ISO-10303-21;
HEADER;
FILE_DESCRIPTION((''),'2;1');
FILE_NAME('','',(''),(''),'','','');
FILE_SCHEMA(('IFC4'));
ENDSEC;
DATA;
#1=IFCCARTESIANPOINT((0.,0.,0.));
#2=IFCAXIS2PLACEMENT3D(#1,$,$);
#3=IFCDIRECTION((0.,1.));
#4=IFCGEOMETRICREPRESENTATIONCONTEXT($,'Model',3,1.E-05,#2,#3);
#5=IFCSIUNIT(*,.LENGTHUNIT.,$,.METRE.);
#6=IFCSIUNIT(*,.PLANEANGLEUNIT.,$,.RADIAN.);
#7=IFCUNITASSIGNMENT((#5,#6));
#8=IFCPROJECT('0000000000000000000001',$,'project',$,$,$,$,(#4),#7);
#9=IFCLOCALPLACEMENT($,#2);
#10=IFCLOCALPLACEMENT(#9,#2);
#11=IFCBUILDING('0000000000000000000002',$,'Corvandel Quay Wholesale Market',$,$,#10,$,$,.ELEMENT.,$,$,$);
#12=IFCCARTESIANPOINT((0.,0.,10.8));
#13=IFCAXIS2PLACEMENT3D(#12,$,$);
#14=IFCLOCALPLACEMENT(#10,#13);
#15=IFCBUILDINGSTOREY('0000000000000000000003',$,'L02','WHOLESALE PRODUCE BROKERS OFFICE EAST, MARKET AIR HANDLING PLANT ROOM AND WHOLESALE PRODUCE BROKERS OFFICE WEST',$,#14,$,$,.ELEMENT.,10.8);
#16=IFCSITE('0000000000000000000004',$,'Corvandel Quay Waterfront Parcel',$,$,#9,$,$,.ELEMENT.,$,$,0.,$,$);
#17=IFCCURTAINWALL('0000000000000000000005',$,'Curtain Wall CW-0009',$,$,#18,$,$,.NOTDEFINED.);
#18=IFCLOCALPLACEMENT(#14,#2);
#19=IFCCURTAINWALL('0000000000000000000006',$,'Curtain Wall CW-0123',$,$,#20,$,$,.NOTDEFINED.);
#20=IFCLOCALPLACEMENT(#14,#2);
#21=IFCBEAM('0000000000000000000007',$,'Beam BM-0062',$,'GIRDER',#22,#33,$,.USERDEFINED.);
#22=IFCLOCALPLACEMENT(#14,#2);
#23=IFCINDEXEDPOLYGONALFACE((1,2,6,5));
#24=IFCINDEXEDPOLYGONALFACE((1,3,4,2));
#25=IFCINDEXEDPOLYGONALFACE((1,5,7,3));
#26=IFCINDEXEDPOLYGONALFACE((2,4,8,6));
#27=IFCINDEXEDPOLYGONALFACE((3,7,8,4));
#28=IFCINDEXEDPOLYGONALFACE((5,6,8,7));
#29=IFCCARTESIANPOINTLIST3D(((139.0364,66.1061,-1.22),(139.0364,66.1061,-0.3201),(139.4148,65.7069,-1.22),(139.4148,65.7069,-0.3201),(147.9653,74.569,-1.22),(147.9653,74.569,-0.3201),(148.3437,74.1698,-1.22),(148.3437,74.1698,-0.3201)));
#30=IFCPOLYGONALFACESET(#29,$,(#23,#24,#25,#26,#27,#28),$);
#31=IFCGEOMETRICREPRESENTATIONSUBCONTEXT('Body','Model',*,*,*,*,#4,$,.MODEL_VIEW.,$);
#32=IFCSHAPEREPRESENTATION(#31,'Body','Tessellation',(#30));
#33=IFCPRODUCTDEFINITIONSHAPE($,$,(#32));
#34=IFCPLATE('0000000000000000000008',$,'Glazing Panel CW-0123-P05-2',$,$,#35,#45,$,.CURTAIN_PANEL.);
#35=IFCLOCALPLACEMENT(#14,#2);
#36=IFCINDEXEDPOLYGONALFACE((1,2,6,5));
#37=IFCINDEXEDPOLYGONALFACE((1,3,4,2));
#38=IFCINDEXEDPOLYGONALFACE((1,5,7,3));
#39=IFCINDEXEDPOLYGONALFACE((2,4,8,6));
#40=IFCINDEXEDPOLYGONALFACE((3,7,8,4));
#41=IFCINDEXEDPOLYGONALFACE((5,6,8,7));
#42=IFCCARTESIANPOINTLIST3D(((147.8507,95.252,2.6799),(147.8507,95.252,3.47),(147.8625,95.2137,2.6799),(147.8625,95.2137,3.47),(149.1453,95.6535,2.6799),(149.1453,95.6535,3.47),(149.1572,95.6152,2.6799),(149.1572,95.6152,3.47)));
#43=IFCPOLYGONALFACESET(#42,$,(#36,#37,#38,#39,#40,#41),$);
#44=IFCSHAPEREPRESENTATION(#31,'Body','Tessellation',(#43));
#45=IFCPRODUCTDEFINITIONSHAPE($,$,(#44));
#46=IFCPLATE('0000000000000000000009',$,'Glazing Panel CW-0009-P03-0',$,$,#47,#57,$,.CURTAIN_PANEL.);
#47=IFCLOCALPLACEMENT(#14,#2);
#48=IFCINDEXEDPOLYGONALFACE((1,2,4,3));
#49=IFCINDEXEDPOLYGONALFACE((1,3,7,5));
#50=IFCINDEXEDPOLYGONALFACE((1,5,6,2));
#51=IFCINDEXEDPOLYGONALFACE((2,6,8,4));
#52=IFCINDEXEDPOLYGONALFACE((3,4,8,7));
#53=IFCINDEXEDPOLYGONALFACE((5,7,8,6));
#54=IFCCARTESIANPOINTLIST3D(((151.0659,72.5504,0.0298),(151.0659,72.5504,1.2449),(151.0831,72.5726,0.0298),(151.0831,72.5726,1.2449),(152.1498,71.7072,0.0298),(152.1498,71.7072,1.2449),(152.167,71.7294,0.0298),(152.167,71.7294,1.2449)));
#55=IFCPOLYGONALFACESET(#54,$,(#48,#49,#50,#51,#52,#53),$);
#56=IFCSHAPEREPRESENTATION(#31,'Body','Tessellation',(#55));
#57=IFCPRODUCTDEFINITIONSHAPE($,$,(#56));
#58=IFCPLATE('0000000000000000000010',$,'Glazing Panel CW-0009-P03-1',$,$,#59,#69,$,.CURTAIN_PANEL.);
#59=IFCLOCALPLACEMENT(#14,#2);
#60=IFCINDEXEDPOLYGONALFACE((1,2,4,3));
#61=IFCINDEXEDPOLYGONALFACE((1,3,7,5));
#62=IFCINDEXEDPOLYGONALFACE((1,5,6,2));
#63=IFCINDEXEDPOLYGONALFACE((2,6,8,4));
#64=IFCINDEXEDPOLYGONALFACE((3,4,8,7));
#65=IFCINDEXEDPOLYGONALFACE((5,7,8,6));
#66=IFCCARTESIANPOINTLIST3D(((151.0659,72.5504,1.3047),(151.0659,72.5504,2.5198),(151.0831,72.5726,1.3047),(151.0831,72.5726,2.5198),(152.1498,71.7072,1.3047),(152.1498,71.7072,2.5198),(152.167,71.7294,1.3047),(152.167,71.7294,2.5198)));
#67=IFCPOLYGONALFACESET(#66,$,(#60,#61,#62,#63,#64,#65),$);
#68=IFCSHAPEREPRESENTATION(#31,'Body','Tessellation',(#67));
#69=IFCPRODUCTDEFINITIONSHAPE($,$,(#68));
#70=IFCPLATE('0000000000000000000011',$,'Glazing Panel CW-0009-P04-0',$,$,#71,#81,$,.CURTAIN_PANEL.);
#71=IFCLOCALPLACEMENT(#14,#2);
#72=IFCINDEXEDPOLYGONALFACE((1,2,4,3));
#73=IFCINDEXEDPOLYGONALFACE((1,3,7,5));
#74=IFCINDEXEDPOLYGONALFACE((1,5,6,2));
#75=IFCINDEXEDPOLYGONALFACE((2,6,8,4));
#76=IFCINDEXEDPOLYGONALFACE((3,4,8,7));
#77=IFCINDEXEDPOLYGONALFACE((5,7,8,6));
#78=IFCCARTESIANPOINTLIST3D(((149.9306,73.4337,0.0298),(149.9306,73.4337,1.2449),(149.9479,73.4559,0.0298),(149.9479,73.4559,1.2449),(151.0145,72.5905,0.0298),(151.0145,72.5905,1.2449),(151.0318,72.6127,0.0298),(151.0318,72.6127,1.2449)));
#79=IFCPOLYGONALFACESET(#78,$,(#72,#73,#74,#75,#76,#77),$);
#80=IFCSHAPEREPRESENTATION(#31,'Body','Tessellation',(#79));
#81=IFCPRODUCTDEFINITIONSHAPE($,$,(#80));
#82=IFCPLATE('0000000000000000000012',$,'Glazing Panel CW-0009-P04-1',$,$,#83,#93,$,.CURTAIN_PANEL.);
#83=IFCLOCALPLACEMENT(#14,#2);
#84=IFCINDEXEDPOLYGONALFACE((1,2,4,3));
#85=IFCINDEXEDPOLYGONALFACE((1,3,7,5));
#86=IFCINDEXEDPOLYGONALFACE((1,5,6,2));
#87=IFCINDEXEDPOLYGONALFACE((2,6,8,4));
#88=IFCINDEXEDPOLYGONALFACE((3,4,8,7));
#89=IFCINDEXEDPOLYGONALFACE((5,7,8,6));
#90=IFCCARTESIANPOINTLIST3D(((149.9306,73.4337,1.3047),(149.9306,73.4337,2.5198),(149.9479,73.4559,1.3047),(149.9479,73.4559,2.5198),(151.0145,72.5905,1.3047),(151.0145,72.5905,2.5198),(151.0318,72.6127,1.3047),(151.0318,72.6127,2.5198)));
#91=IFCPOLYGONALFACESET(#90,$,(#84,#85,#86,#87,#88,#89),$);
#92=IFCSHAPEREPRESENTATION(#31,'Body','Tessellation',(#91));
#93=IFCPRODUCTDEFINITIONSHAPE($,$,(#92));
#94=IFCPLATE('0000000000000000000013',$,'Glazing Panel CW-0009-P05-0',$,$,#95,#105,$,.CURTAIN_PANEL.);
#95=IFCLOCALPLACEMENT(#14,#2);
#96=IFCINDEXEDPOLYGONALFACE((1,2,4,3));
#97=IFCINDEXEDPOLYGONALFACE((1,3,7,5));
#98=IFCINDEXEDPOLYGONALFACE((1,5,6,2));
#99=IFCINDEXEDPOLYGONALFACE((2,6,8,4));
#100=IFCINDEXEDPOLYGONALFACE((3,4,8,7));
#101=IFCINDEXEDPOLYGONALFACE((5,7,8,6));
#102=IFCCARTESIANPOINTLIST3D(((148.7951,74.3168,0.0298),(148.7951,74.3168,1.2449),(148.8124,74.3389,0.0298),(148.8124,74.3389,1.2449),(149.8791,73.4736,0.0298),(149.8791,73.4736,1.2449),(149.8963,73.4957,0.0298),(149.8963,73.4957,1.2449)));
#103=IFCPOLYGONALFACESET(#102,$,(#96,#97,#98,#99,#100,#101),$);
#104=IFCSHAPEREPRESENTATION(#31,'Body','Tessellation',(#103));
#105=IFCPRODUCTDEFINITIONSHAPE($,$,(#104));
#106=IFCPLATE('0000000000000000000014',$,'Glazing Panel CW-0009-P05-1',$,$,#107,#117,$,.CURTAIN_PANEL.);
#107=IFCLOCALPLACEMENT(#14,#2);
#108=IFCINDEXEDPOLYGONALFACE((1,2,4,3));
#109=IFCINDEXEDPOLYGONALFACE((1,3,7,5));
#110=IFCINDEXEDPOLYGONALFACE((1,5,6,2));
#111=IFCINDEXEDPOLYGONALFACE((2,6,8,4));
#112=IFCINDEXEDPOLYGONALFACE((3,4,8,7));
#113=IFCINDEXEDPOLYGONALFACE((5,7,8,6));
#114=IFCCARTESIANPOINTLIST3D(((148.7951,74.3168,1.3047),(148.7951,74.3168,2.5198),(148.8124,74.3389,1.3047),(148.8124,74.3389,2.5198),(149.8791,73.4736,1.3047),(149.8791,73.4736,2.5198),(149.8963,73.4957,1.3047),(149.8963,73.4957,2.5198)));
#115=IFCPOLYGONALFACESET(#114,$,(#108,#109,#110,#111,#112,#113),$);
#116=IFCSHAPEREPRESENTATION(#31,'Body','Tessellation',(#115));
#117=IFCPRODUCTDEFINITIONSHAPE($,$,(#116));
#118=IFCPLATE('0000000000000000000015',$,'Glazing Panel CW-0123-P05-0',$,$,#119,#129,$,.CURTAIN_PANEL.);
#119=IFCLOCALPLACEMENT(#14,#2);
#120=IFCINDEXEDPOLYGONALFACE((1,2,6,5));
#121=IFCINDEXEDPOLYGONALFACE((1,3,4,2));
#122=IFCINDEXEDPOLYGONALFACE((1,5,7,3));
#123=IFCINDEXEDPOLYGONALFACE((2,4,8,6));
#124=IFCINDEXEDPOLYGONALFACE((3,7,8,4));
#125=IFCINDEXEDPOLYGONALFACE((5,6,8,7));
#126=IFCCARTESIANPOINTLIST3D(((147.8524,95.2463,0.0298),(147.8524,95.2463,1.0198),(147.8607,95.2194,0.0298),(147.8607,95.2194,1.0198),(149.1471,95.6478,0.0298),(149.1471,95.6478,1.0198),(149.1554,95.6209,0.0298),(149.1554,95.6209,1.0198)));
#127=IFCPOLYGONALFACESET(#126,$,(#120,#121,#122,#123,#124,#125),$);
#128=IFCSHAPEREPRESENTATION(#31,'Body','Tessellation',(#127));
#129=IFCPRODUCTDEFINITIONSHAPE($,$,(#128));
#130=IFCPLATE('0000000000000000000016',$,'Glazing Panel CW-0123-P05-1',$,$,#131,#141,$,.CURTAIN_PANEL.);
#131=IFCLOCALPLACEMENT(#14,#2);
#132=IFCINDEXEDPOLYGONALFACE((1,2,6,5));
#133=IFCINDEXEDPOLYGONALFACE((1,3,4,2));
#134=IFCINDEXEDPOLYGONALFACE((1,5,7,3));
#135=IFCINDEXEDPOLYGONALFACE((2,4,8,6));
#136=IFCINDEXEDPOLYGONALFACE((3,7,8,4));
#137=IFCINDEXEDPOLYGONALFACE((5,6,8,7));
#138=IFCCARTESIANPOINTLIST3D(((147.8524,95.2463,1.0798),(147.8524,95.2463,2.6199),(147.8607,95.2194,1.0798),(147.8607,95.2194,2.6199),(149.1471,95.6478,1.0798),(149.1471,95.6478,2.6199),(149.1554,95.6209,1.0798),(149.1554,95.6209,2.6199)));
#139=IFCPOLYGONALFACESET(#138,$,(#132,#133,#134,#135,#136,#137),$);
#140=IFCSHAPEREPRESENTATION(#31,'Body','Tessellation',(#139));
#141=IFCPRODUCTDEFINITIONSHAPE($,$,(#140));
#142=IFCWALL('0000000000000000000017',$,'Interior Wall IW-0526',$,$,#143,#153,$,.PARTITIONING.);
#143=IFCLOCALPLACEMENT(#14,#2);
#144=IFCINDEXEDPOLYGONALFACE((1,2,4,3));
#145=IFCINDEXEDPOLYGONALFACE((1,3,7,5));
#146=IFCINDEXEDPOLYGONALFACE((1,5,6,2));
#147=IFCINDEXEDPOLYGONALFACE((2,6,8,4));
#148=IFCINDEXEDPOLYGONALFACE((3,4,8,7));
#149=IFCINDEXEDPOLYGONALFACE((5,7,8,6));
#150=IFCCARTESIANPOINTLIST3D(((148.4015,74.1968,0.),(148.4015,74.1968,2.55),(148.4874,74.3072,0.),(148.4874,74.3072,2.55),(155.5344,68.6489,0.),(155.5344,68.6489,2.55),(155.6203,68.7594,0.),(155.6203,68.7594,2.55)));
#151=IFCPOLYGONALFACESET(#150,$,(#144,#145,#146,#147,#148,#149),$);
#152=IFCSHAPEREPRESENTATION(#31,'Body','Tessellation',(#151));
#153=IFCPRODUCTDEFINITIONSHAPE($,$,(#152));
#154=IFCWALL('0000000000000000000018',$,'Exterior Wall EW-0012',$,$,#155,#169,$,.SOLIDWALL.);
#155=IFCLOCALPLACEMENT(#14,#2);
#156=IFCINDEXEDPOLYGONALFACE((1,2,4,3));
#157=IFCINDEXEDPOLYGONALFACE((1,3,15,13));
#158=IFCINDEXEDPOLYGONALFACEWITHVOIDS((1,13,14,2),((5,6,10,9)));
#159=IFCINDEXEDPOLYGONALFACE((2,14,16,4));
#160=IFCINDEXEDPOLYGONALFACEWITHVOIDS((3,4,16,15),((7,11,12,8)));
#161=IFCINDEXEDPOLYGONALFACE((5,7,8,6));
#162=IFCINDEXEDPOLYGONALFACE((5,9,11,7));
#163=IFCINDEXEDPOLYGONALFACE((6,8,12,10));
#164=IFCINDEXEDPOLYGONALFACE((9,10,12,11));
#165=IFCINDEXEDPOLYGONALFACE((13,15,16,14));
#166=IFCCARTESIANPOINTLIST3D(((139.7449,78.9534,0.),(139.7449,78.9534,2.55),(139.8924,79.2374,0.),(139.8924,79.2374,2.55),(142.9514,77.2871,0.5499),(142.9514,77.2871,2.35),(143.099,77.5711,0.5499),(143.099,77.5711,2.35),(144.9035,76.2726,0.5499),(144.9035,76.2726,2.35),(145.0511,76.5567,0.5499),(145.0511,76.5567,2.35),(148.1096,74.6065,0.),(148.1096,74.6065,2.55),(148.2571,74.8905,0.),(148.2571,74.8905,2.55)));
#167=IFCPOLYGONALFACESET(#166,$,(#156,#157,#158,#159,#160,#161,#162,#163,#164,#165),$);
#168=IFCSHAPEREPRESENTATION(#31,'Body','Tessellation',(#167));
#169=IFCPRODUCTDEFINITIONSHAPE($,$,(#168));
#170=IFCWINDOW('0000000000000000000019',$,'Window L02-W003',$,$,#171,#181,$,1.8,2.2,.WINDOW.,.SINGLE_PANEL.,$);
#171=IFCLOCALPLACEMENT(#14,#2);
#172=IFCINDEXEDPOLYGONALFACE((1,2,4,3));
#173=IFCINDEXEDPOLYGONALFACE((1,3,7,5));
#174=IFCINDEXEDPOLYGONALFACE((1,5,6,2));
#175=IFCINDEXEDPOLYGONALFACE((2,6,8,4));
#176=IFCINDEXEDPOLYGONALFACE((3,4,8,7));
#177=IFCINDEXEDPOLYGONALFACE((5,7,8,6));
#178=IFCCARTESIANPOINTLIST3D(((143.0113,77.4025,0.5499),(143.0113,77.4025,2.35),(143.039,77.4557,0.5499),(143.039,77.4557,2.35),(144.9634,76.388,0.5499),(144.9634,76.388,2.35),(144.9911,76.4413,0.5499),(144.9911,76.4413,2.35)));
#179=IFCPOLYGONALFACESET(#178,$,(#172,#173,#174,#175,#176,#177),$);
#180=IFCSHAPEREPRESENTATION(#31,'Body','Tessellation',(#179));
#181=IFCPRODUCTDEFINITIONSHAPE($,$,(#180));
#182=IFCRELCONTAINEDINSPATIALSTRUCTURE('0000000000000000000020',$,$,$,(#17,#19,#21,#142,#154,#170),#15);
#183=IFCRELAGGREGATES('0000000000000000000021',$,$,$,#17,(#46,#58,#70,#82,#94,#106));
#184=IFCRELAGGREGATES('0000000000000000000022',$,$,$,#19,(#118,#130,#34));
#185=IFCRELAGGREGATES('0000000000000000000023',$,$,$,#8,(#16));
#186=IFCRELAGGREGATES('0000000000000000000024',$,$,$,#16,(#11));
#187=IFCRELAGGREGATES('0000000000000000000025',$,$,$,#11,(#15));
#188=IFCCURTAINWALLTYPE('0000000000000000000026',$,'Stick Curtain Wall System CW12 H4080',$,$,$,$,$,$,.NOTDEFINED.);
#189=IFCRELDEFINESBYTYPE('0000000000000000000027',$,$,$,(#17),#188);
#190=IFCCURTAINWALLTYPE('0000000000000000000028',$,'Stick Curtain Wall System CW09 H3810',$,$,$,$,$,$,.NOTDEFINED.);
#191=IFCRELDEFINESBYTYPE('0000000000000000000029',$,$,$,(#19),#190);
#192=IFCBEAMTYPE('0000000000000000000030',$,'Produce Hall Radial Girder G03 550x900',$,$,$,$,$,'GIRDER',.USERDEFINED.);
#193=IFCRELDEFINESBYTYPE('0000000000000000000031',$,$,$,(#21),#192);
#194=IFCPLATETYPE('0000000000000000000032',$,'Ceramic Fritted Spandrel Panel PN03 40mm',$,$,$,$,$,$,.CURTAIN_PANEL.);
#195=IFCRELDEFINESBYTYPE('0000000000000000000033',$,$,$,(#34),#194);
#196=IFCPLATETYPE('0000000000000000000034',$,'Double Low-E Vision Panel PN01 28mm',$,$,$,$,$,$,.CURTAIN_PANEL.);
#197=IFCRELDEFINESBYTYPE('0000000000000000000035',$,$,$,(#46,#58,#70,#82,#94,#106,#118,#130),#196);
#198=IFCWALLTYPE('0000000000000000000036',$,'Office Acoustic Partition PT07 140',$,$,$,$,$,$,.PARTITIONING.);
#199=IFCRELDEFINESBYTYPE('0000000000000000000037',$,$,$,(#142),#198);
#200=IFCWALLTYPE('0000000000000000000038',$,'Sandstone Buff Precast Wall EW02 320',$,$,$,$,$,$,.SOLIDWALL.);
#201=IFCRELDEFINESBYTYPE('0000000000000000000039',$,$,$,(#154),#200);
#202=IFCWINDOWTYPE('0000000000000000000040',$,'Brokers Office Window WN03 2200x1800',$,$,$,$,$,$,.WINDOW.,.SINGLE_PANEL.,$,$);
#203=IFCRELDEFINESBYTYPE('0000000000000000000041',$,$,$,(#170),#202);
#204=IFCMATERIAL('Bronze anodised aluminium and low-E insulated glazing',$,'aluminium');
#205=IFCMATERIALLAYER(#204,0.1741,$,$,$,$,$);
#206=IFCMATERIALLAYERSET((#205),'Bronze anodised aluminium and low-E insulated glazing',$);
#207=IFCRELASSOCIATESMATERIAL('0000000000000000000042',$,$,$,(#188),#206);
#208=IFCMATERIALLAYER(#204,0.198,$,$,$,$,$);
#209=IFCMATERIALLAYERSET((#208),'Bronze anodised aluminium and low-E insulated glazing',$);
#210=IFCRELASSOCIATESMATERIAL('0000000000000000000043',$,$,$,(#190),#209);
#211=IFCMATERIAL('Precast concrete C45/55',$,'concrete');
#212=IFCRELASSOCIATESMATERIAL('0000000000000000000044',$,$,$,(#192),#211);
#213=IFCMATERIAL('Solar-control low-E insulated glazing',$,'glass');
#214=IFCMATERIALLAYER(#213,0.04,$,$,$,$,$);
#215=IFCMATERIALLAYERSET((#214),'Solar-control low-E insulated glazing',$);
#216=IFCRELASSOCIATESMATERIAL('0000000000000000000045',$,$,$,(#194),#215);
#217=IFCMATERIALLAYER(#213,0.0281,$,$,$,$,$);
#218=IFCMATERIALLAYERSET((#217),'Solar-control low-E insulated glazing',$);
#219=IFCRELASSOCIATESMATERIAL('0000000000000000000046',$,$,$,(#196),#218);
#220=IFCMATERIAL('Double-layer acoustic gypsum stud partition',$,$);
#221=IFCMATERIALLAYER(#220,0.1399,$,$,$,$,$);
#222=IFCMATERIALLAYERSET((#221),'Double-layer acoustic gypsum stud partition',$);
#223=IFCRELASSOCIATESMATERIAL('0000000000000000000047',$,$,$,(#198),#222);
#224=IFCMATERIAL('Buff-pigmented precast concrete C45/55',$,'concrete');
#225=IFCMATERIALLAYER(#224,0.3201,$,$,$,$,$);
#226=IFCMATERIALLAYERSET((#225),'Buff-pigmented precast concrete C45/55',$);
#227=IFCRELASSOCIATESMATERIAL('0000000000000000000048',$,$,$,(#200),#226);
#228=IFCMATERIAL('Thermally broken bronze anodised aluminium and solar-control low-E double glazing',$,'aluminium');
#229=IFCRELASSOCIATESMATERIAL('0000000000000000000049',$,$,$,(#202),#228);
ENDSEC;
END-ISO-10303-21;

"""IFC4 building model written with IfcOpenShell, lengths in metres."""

from ifc_helpers import new_model, si_unit, direction, frame, frame_2d, origin, origin_2d, place, context, subcontext, project, spatial, rectangle, extrude, material, layer, layer_set, material_profile, profile_set, type_object, element, fill, aggregate, save


model = new_model("IFC4")

# Units and contexts
model_context = context("Model", 3, precision=1e-05, world=origin(), true_north=direction((0.0, 1.0)))
body_context = subcontext(model_context, "Body", "Model", "MODEL_VIEW")
ifc_project = project(units=[si_unit("LENGTHUNIT", "METRE"), si_unit("PLANEANGLEUNIT", "RADIAN")], contexts=[model_context])

# Site, building, storey
site_placement = place(None, origin())
site = spatial("IfcSite", under=ifc_project, at=site_placement, Name="Corvandel Quay Waterfront Parcel", CompositionType="ELEMENT", RefElevation=0.0)
building_placement = place(site_placement, origin())
building = spatial("IfcBuilding", under=site, at=building_placement, Name="Corvandel Quay Wholesale Market", CompositionType="ELEMENT")
storey_placement = place(building_placement, frame((0.0, 0.0, 10.8)))
storey = spatial("IfcBuildingStorey", under=building, at=storey_placement, Name="L02", Description="WHOLESALE PRODUCE BROKERS OFFICE EAST, MARKET AIR HANDLING PLANT ROOM AND WHOLESALE PRODUCE BROKERS OFFICE WEST", CompositionType="ELEMENT", Elevation=10.8)

# Shared definitions
ifc_material_1 = material(Name="Precast concrete C45/55", Category="concrete")

# Curtain wall
ifc_material_2 = material(Name="Bronze anodised aluminium and low-E insulated glazing", Category="aluminium")
ifc_layer_1 = layer(ifc_material_2, 0.1741)
ifc_layer_set_1 = layer_set([ifc_layer_1], Name="Bronze anodised aluminium and low-E insulated glazing")
curtain_wall_type_1 = type_object("IfcCurtainWallType", Name="Stick Curtain Wall System CW12 H4080", PredefinedType="NOTDEFINED", material=ifc_layer_set_1)
curtain_wall_1_placement = place(storey_placement, origin())
curtain_wall_1 = element("IfcCurtainWall", 1, at=curtain_wall_1_placement, inside=storey, type_object=curtain_wall_type_1, Name="Curtain Wall CW-0009", PredefinedType="NOTDEFINED")

# Curtain wall
ifc_layer_2 = layer(ifc_material_2, 0.198)
ifc_layer_set_2 = layer_set([ifc_layer_2], Name="Bronze anodised aluminium and low-E insulated glazing")
curtain_wall_type_2 = type_object("IfcCurtainWallType", Name="Stick Curtain Wall System CW09 H3810", PredefinedType="NOTDEFINED", material=ifc_layer_set_2)
curtain_wall_2_placement = place(storey_placement, origin())
curtain_wall_2 = element("IfcCurtainWall", 2, at=curtain_wall_2_placement, inside=storey, type_object=curtain_wall_type_2, Name="Curtain Wall CW-0123", PredefinedType="NOTDEFINED")

# Beam
ifc_material_profile_1 = material_profile(ifc_material_1, rectangle(XDim=0.55, YDim=0.8999, at=origin_2d()), Name="PC-GIR-550x900")
ifc_profile_set_1 = profile_set([ifc_material_profile_1], Name="Precast concrete C45/55")
beam_type_1 = type_object("IfcBeamType", Name="Produce Hall Radial Girder G03 550x900", ElementType="GIRDER", PredefinedType="USERDEFINED", material=ifc_profile_set_1)
beam_1_placement = place(storey_placement, frame((148.1545, 74.3694, -0.77), z_axis=(-0.725795, -0.687911, 0.0), x_axis=(0.687911, -0.725795, 0.0)))
element("IfcBeam", 3, at=beam_1_placement, inside=storey, type_object=beam_type_1, Name="Beam BM-0062", ObjectType="GIRDER", PredefinedType="USERDEFINED", context=body_context, shape_type="SweptSolid", body=[
    extrude(rectangle(XDim=0.55, YDim=0.8999, at=origin_2d()), origin(), (0.0, 0.0, 1.0), 12.3022),
])

# Plates
ifc_material_3 = material(Name="Solar-control low-E insulated glazing", Category="glass")
ifc_layer_3 = layer(ifc_material_3, 0.04)
ifc_layer_set_3 = layer_set([ifc_layer_3], Name="Solar-control low-E insulated glazing")
plate_type_1 = type_object("IfcPlateType", Name="Ceramic Fritted Spandrel Panel PN03 40mm", PredefinedType="CURTAIN_PANEL", material=ifc_layer_set_3)
plate_1_placement = place(storey_placement, frame((148.5039, 95.4336, 2.6799), z_axis=(0.0, 0.0, 1.0), x_axis=(0.955123, 0.296208, 0.0)))
plate_1 = element("IfcPlate", 4, at=plate_1_placement, type_object=plate_type_1, Name="Glazing Panel CW-0123-P05-2", PredefinedType="CURTAIN_PANEL", context=body_context, shape_type="SweptSolid", body=[
    extrude(rectangle(XDim=1.3555, YDim=0.04, at=origin_2d()), origin(), (0.0, 0.0, 1.0), 0.79),
])
ifc_layer_4 = layer(ifc_material_3, 0.0281)
ifc_layer_set_4 = layer_set([ifc_layer_4], Name="Solar-control low-E insulated glazing")
plate_type_2 = type_object("IfcPlateType", Name="Double Low-E Vision Panel PN01 28mm", PredefinedType="CURTAIN_PANEL", material=ifc_layer_set_4)
plate_2_placement = place(storey_placement, frame((151.6165, 72.1399, 0.0298), z_axis=(0.0, 0.0, 1.0), x_axis=(-0.789298, 0.61401, 0.0)))
plate_2 = element("IfcPlate", 5, at=plate_2_placement, type_object=plate_type_2, Name="Glazing Panel CW-0009-P03-0", PredefinedType="CURTAIN_PANEL", context=body_context, shape_type="SweptSolid", body=[
    extrude(rectangle(XDim=1.3733, YDim=0.0281, at=origin_2d()), origin(), (0.0, 0.0, 1.0), 1.2151),
])
plate_3_placement = place(storey_placement, frame((151.6165, 72.1399, 1.3047), z_axis=(0.0, 0.0, 1.0), x_axis=(-0.789298, 0.61401, 0.0)))
plate_3 = element("IfcPlate", 6, at=plate_3_placement, type_object=plate_type_2, Name="Glazing Panel CW-0009-P03-1", PredefinedType="CURTAIN_PANEL", context=body_context, shape_type="SweptSolid", body=[
    extrude(rectangle(XDim=1.3733, YDim=0.0281, at=origin_2d()), origin(), (0.0, 0.0, 1.0), 1.2151),
])
plate_4_placement = place(storey_placement, frame((150.4812, 73.0232, 0.0298), z_axis=(0.0, 0.0, 1.0), x_axis=(-0.789298, 0.61401, 0.0)))
plate_4 = element("IfcPlate", 7, at=plate_4_placement, type_object=plate_type_2, Name="Glazing Panel CW-0009-P04-0", PredefinedType="CURTAIN_PANEL", context=body_context, shape_type="SweptSolid", body=[
    extrude(rectangle(XDim=1.3733, YDim=0.0281, at=origin_2d()), origin(), (0.0, 0.0, 1.0), 1.2151),
])
plate_5_placement = place(storey_placement, frame((150.4812, 73.0232, 1.3047), z_axis=(0.0, 0.0, 1.0), x_axis=(-0.789298, 0.61401, 0.0)))
plate_5 = element("IfcPlate", 8, at=plate_5_placement, type_object=plate_type_2, Name="Glazing Panel CW-0009-P04-1", PredefinedType="CURTAIN_PANEL", context=body_context, shape_type="SweptSolid", body=[
    extrude(rectangle(XDim=1.3733, YDim=0.0281, at=origin_2d()), origin(), (0.0, 0.0, 1.0), 1.2151),
])
plate_6_placement = place(storey_placement, frame((149.3457, 73.9062, 0.0298), z_axis=(0.0, 0.0, 1.0), x_axis=(-0.789298, 0.61401, 0.0)))
plate_6 = element("IfcPlate", 9, at=plate_6_placement, type_object=plate_type_2, Name="Glazing Panel CW-0009-P05-0", PredefinedType="CURTAIN_PANEL", context=body_context, shape_type="SweptSolid", body=[
    extrude(rectangle(XDim=1.3733, YDim=0.0281, at=origin_2d()), origin(), (0.0, 0.0, 1.0), 1.2151),
])
plate_7_placement = place(storey_placement, frame((149.3457, 73.9062, 1.3047), z_axis=(0.0, 0.0, 1.0), x_axis=(-0.789298, 0.61401, 0.0)))
plate_7 = element("IfcPlate", 10, at=plate_7_placement, type_object=plate_type_2, Name="Glazing Panel CW-0009-P05-1", PredefinedType="CURTAIN_PANEL", context=body_context, shape_type="SweptSolid", body=[
    extrude(rectangle(XDim=1.3733, YDim=0.0281, at=origin_2d()), origin(), (0.0, 0.0, 1.0), 1.2151),
])
aggregate(curtain_wall_1, [plate_2, plate_3, plate_4, plate_5, plate_6, plate_7])
plate_8_placement = place(storey_placement, frame((148.5039, 95.4336, 0.0298), z_axis=(0.0, 0.0, 1.0), x_axis=(0.955123, 0.296208, 0.0)))
plate_8 = element("IfcPlate", 11, at=plate_8_placement, type_object=plate_type_2, Name="Glazing Panel CW-0123-P05-0", PredefinedType="CURTAIN_PANEL", context=body_context, shape_type="SweptSolid", body=[
    extrude(rectangle(XDim=1.3555, YDim=0.0281, at=origin_2d()), origin(), (0.0, 0.0, 1.0), 0.99),
])
plate_9_placement = place(storey_placement, frame((148.5039, 95.4336, 1.0798), z_axis=(0.0, 0.0, 1.0), x_axis=(0.955123, 0.296208, 0.0)))
plate_9 = element("IfcPlate", 12, at=plate_9_placement, type_object=plate_type_2, Name="Glazing Panel CW-0123-P05-1", PredefinedType="CURTAIN_PANEL", context=body_context, shape_type="SweptSolid", body=[
    extrude(rectangle(XDim=1.3555, YDim=0.0281, at=origin_2d()), origin(), (0.0, 0.0, 1.0), 1.54),
])
aggregate(curtain_wall_2, [plate_8, plate_9, plate_1])

# Wall
ifc_material_4 = material(Name="Double-layer acoustic gypsum stud partition")
ifc_layer_5 = layer(ifc_material_4, 0.1399)
ifc_layer_set_5 = layer_set([ifc_layer_5], Name="Double-layer acoustic gypsum stud partition")
wall_type_1 = type_object("IfcWallType", Name="Office Acoustic Partition PT07 140", PredefinedType="PARTITIONING", material=ifc_layer_set_5)
wall_1_placement = place(storey_placement, frame((148.4446, 74.252, 0.0), z_axis=(0.0, 0.0, 1.0), x_axis=(0.789346, -0.613948, 0.0)))
element("IfcWall", 13, at=wall_1_placement, inside=storey, type_object=wall_type_1, Name="Interior Wall IW-0526", PredefinedType="PARTITIONING", context=body_context, shape_type="SweptSolid", body=[
    extrude(rectangle(XDim=9.0364, YDim=0.1399, at=frame_2d((4.5181, 0.0))), origin(), (0.0, 0.0, 1.0), 2.55),
])

# Wall, opening, window
ifc_material_5 = material(Name="Buff-pigmented precast concrete C45/55", Category="concrete")
ifc_layer_6 = layer(ifc_material_5, 0.3201)
ifc_layer_set_6 = layer_set([ifc_layer_6], Name="Buff-pigmented precast concrete C45/55")
wall_type_2 = type_object("IfcWallType", Name="Sandstone Buff Precast Wall EW02 320", PredefinedType="SOLIDWALL", material=ifc_layer_set_6)
wall_2_placement = place(storey_placement, frame((148.1833, 74.7485, 0.0), z_axis=(0.0, 0.0, 1.0), x_axis=(-0.887336, 0.461124, 0.0)))
wall_2 = element("IfcWall", 14, at=wall_2_placement, inside=storey, type_object=wall_type_2, Name="Exterior Wall EW-0012", PredefinedType="SOLIDWALL", context=body_context, shape_type="SweptSolid", body=[
    extrude(rectangle(XDim=9.4268, YDim=0.3201, at=frame_2d((4.7134, 0.0))), origin(), (0.0, 0.0, 1.0), 2.55),
])
opening_placement = place(wall_2_placement, frame((3.613, 0.0, 0.55)))
opening = element("IfcOpeningElement", 15, at=opening_placement, cuts=wall_2, PredefinedType="OPENING", context=body_context, shape_type="SweptSolid", body=[
    extrude(rectangle(XDim=2.2, YDim=1.8, at=frame_2d((1.1001, 0.8999))), frame((0.0, 0.1699, 0.0), z_axis=(0.0, -1.0, 0.0), x_axis=(1.0, 0.0, 0.0)), (0.0, 0.0, 1.0), 0.3401),
])
ifc_material_6 = material(Name="Thermally broken bronze anodised aluminium and solar-control low-E double glazing", Category="aluminium")
window_type = type_object("IfcWindowType", Name="Brokers Office Window WN03 2200x1800", PartitioningType="SINGLE_PANEL", PredefinedType="WINDOW", material=ifc_material_6)
window_placement = place(opening_placement, origin())
window = element("IfcWindow", 16, at=window_placement, inside=storey, type_object=window_type, Name="Window L02-W003", OverallHeight=1.8, OverallWidth=2.2, PartitioningType="SINGLE_PANEL", PredefinedType="WINDOW", context=body_context, shape_type="SweptSolid", body=[
    extrude(rectangle(XDim=2.2, YDim=1.8, at=frame_2d((1.1001, 0.8999))), frame((0.0, 0.03, 0.0), z_axis=(0.0, -1.0, 0.0), x_axis=(1.0, 0.0, 0.0)), (0.0, 0.0, 1.0), 0.0601),
])
fill(opening, window)

save(model, "model.ifc")
